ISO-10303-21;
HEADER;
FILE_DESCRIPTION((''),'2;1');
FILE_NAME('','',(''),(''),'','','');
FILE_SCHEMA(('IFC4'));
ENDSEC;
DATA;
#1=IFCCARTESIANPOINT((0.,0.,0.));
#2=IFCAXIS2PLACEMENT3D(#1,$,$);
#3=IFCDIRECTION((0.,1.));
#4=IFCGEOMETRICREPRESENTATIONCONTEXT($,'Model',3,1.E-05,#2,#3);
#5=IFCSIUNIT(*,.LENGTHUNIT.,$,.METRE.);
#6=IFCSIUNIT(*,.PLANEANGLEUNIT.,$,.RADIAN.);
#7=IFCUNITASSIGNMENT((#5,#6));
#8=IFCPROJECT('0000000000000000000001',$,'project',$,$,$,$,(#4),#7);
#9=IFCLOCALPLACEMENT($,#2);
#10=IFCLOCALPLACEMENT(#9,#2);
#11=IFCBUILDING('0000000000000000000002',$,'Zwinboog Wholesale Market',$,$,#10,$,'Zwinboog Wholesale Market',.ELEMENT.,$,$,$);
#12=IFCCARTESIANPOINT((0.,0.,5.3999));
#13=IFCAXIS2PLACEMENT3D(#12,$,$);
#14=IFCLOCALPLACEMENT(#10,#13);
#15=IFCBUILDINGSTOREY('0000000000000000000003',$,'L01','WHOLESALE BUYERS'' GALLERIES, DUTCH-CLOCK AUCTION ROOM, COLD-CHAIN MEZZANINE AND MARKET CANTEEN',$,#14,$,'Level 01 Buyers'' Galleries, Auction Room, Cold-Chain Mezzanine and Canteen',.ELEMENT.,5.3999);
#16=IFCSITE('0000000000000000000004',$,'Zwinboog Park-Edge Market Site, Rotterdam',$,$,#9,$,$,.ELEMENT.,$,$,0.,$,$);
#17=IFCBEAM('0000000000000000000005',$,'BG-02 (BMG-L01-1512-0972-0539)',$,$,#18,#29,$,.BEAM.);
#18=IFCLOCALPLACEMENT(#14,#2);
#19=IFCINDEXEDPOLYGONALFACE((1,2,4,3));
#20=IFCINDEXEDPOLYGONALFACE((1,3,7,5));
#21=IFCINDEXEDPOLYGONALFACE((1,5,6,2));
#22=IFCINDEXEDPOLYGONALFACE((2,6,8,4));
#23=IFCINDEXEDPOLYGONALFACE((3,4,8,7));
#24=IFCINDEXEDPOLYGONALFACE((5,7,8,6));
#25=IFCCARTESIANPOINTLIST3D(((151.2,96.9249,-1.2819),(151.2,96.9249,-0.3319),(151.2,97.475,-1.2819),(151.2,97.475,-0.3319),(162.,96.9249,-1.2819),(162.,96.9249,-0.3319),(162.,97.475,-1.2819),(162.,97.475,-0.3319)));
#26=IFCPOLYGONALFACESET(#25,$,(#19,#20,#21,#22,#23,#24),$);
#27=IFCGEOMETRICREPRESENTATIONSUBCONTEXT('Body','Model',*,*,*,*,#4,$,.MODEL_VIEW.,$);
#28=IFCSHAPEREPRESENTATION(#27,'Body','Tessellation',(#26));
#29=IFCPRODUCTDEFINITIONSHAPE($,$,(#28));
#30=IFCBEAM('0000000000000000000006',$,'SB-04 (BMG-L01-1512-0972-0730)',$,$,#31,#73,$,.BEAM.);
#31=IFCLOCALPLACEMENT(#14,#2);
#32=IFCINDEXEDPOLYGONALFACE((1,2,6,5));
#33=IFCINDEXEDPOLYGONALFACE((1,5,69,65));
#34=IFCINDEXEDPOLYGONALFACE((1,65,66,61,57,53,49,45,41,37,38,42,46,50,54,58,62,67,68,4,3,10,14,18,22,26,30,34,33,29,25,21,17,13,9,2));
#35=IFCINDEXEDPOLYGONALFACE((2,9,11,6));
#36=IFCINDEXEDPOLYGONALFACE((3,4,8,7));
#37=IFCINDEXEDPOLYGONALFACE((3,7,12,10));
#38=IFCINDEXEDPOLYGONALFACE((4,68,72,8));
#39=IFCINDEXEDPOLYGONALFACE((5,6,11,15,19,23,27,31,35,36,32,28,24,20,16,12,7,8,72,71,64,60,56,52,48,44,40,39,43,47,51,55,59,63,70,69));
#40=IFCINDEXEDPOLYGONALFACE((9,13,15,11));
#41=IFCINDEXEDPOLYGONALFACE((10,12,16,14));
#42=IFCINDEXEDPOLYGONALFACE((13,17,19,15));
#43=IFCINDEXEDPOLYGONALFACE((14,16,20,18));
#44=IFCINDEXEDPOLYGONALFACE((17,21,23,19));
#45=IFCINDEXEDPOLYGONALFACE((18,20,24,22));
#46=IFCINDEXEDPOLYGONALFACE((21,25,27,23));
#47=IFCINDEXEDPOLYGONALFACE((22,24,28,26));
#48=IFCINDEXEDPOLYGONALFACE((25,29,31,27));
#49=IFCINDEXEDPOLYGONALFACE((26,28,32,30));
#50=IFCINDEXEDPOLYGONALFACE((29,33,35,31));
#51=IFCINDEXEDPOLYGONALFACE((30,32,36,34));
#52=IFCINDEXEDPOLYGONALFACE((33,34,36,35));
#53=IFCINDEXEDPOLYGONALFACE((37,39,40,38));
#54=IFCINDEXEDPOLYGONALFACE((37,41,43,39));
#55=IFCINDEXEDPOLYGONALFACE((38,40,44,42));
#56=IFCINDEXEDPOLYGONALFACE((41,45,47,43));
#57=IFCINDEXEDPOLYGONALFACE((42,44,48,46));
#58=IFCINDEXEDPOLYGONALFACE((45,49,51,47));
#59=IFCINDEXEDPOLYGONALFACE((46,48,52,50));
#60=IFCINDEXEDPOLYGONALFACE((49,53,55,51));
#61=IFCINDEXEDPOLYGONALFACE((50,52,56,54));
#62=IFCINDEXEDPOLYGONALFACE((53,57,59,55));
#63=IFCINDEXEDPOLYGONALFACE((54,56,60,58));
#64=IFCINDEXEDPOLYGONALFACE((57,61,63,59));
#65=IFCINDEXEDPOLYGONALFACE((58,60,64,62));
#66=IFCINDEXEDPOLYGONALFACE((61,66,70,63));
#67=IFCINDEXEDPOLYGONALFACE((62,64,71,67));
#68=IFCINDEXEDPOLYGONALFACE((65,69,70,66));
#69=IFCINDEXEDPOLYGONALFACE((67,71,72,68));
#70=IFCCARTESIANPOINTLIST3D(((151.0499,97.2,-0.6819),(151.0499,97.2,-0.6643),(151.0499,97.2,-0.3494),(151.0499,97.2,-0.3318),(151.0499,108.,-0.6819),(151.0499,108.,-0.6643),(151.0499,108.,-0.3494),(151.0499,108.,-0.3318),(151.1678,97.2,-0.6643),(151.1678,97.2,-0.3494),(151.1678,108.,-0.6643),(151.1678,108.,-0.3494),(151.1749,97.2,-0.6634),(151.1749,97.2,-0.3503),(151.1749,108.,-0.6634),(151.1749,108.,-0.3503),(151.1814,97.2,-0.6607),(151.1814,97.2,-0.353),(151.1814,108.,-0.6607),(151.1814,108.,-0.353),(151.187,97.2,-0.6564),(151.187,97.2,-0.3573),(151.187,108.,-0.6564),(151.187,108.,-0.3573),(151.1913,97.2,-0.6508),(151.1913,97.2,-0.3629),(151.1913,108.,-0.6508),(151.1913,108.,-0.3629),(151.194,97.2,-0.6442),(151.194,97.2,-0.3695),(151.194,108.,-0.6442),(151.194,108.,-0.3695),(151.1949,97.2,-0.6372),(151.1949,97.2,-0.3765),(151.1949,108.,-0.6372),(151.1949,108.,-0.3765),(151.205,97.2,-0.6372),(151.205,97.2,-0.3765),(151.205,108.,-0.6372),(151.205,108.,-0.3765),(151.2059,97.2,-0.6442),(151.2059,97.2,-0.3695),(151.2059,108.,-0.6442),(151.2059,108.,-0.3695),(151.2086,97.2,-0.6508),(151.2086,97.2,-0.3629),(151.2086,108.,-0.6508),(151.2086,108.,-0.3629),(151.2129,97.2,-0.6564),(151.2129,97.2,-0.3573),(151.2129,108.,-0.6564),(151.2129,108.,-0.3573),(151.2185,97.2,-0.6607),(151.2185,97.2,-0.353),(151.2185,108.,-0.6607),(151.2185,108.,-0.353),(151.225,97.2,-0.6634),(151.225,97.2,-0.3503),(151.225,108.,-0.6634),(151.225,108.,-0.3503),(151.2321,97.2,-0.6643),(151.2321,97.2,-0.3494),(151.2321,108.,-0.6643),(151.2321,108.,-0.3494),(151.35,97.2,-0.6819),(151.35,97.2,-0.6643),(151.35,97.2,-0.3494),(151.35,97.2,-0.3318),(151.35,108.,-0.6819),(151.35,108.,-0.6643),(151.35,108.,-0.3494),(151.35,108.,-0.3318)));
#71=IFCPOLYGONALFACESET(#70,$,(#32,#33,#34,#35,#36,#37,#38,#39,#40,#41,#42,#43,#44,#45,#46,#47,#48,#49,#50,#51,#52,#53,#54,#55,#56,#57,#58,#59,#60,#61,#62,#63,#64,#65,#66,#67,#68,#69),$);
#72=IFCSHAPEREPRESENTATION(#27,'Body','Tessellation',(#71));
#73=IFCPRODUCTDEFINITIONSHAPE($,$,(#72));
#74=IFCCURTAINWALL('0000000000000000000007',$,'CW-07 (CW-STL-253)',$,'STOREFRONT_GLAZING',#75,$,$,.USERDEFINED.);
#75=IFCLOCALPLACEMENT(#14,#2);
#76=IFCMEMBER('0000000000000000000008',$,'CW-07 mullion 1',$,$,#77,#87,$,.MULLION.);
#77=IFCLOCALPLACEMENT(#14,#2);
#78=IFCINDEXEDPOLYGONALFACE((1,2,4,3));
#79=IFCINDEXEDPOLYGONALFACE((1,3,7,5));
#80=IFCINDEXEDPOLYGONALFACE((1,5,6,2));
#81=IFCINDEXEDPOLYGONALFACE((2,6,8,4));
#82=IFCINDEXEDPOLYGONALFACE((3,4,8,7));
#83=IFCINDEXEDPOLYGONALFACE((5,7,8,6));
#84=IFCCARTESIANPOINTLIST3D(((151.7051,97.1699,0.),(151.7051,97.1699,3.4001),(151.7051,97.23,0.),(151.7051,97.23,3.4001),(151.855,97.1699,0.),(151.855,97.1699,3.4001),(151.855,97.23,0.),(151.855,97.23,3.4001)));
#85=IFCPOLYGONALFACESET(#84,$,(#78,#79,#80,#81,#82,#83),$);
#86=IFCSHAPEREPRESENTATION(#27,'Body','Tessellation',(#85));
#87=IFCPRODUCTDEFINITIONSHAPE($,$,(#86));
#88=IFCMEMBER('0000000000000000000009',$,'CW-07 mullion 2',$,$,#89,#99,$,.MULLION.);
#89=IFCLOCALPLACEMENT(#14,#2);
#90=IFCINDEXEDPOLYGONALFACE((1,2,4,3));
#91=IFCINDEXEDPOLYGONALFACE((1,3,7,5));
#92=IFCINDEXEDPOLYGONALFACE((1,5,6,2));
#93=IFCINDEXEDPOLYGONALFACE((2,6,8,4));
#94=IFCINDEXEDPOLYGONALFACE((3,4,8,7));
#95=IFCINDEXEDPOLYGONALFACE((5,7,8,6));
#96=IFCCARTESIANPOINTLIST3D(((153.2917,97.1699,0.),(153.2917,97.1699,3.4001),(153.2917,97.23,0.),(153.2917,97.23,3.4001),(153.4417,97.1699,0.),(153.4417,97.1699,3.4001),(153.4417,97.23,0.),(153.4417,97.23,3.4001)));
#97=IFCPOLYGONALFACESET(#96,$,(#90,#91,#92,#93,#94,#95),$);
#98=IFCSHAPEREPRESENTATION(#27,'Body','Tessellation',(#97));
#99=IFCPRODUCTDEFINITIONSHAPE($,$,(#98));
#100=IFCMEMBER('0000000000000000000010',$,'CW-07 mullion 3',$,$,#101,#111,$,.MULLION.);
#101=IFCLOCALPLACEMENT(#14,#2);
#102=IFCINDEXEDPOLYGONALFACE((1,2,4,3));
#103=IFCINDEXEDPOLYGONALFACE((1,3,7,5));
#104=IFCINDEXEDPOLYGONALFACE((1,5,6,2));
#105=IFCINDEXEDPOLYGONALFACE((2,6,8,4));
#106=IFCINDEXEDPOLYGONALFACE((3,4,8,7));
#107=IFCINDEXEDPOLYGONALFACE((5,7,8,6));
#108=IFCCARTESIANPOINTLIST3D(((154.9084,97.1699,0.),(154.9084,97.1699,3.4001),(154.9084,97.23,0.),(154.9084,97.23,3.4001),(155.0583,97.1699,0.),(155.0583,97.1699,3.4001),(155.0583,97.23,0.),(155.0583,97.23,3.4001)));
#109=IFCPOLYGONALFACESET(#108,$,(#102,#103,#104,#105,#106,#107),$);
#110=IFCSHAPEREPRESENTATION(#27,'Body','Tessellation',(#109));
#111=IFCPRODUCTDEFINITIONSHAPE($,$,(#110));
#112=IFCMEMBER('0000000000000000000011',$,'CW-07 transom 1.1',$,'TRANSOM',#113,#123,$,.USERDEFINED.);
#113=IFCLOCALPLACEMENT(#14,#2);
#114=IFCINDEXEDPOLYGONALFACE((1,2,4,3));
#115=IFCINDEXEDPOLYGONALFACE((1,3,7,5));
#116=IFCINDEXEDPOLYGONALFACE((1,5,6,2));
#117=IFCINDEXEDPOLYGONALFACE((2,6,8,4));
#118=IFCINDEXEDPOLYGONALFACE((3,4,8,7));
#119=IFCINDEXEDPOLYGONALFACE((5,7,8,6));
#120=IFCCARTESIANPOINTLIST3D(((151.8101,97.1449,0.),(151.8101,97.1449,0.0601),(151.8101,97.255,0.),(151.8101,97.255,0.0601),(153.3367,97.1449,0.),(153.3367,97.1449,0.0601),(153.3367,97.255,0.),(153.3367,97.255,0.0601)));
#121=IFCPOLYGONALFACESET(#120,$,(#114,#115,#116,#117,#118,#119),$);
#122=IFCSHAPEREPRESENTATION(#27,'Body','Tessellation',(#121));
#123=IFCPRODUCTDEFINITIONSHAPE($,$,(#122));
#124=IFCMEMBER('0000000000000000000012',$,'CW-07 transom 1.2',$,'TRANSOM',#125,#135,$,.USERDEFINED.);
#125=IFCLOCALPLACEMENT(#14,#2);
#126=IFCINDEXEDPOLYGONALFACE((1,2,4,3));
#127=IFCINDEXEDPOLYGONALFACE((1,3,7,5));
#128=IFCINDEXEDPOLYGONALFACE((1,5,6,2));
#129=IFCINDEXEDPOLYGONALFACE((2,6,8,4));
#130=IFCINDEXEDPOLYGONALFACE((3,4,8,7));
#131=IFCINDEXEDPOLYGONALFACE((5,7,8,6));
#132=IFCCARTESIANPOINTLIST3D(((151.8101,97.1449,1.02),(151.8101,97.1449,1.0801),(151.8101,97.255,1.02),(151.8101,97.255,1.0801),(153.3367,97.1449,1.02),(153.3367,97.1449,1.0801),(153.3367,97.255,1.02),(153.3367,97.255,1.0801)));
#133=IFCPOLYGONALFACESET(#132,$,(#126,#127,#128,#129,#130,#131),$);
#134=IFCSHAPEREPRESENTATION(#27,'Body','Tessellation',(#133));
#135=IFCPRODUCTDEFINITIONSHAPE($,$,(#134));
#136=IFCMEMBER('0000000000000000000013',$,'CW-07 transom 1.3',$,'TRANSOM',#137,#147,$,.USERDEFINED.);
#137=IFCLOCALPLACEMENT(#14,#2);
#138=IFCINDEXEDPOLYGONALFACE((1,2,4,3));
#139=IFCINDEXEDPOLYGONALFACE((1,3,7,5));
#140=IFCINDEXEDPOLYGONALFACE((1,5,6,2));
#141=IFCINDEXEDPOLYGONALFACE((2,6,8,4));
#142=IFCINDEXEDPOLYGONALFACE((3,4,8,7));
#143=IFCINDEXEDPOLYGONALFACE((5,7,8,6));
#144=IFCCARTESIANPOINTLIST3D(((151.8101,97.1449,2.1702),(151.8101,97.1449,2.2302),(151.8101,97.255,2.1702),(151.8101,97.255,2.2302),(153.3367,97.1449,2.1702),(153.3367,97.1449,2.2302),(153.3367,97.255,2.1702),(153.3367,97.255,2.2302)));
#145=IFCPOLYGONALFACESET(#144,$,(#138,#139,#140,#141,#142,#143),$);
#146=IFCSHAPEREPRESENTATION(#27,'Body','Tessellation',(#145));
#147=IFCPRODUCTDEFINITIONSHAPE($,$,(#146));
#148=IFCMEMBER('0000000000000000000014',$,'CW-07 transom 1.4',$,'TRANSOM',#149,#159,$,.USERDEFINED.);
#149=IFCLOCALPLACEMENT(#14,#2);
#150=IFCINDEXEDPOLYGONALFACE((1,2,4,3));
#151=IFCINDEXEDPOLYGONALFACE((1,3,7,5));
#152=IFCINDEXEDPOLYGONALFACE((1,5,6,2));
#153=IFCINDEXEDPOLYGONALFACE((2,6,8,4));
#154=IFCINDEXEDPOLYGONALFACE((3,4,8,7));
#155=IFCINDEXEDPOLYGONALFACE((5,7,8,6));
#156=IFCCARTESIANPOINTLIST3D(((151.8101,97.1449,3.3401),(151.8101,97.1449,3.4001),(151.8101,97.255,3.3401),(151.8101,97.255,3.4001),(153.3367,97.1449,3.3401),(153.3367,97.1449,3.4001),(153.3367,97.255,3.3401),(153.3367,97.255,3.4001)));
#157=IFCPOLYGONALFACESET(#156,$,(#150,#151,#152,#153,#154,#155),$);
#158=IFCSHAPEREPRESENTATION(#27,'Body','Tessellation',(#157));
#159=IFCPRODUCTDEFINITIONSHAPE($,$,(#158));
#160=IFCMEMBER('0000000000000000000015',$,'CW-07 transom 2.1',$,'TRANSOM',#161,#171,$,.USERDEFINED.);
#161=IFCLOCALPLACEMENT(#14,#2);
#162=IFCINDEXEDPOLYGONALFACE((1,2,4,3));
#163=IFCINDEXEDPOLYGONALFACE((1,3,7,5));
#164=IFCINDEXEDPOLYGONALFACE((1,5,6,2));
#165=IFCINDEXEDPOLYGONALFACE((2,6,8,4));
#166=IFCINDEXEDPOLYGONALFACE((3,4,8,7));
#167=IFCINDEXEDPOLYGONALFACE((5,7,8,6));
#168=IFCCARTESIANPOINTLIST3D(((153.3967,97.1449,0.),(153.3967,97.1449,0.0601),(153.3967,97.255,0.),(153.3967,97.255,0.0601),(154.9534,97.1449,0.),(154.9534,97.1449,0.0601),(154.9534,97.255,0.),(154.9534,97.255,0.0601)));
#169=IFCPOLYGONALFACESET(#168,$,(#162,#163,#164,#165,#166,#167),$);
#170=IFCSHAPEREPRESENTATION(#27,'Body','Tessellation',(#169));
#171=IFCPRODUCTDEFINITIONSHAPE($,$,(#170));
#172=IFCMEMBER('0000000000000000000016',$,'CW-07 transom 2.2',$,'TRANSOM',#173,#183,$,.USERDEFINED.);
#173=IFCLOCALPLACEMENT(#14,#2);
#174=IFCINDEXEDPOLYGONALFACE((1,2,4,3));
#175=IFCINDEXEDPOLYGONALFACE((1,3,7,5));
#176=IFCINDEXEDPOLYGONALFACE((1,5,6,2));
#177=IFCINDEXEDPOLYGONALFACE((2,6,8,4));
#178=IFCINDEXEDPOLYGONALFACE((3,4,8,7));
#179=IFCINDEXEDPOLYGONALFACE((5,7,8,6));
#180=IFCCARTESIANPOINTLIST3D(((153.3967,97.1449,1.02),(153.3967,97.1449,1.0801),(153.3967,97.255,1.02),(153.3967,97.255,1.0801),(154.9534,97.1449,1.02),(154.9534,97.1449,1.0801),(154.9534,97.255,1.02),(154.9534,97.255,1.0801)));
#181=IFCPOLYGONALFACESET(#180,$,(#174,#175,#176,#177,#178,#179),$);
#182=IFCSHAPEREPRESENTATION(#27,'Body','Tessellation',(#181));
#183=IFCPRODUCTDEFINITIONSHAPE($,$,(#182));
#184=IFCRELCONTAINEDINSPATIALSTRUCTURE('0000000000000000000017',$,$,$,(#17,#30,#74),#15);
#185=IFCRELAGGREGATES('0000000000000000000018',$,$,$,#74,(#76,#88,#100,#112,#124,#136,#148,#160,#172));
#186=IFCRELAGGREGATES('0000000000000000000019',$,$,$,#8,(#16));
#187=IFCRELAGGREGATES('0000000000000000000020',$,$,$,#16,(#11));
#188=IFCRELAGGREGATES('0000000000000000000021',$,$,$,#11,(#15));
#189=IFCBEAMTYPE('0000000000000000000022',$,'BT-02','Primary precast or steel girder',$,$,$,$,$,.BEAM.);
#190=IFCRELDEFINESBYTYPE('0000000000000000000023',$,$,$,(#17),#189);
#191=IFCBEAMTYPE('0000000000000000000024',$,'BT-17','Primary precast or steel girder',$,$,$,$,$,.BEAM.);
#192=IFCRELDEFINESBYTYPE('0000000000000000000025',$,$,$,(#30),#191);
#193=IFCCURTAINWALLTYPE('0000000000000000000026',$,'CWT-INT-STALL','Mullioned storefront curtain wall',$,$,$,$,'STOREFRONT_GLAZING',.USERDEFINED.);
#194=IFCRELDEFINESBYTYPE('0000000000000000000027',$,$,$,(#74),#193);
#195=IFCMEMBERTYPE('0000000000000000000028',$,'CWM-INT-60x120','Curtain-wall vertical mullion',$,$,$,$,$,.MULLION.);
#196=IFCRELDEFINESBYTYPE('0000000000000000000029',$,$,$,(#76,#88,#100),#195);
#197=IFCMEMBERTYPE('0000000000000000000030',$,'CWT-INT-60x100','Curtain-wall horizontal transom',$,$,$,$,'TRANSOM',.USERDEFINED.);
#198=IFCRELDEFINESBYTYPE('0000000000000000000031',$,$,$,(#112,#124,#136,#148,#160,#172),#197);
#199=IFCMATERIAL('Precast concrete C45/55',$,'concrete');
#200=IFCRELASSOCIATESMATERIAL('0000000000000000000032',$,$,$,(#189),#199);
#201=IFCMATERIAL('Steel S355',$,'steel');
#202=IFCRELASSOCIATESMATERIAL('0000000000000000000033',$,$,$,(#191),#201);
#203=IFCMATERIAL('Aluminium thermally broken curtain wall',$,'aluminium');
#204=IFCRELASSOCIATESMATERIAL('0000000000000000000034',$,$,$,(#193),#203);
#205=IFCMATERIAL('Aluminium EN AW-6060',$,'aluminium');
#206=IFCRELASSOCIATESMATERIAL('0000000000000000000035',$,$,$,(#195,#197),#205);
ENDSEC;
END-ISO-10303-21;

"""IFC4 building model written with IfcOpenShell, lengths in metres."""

from ifc_helpers import new_model, si_unit, direction, frame, origin, origin_2d, place, context, subcontext, project, spatial, rectangle, i_section, extrude, material, material_profile, profile_set, type_object, element, aggregate, save


model = new_model("IFC4")

# Units and contexts
model_context = context("Model", 3, precision=1e-05, world=origin(), true_north=direction((0.0, 1.0)))
body_context = subcontext(model_context, "Body", "Model", "MODEL_VIEW")
ifc_project = project(units=[si_unit("LENGTHUNIT", "METRE"), si_unit("PLANEANGLEUNIT", "RADIAN")], contexts=[model_context])

# Site, building, storey
site_placement = place(None, origin())
site = spatial("IfcSite", under=ifc_project, at=site_placement, Name="Zwinboog Park-Edge Market Site, Rotterdam", CompositionType="ELEMENT", RefElevation=0.0)
building_placement = place(site_placement, origin())
building = spatial("IfcBuilding", under=site, at=building_placement, Name="Zwinboog Wholesale Market", LongName="Zwinboog Wholesale Market", CompositionType="ELEMENT")
storey_placement = place(building_placement, frame((0.0, 0.0, 5.3999)))
storey = spatial("IfcBuildingStorey", under=building, at=storey_placement, Name="L01", Description="WHOLESALE BUYERS' GALLERIES, DUTCH-CLOCK AUCTION ROOM, COLD-CHAIN MEZZANINE AND MARKET CANTEEN", LongName="Level 01 Buyers' Galleries, Auction Room, Cold-Chain Mezzanine and Canteen", CompositionType="ELEMENT", Elevation=5.3999)

# Beams
ifc_material_1 = material(Name="Precast concrete C45/55", Category="concrete")
ifc_material_profile_1 = material_profile(ifc_material_1, rectangle(XDim=0.55, YDim=0.95, at=origin_2d()), Name="PC 550x950")
ifc_profile_set_1 = profile_set([ifc_material_profile_1], Name="Precast concrete C45/55")
beam_type_1 = type_object("IfcBeamType", Name="BT-02", Description="Primary precast or steel girder", PredefinedType="BEAM", material=ifc_profile_set_1)
beam_1_placement = place(storey_placement, frame((151.2, 97.2, -0.8069), z_axis=(1.0, 0.0, 0.0), x_axis=(0.0, 1.0, 0.0)))
element("IfcBeam", 1, at=beam_1_placement, inside=storey, type_object=beam_type_1, Name="BG-02 (BMG-L01-1512-0972-0539)", PredefinedType="BEAM", context=body_context, shape_type="SweptSolid", body=[
    extrude(rectangle(XDim=0.55, YDim=0.95, at=origin_2d()), origin(), (0.0, 0.0, 1.0), 10.8),
])
ifc_material_2 = material(Name="Steel S355", Category="steel")
ifc_material_profile_2 = material_profile(ifc_material_2, i_section(OverallWidth=0.3, OverallDepth=0.3501, WebThickness=0.01, FlangeThickness=0.0176, FilletRadius=0.0271, at=origin_2d()), Name="HEA 360")
ifc_profile_set_2 = profile_set([ifc_material_profile_2], Name="Steel S355")
beam_type_2 = type_object("IfcBeamType", Name="BT-17", Description="Primary precast or steel girder", PredefinedType="BEAM", material=ifc_profile_set_2)
beam_2_placement = place(storey_placement, frame((151.2, 97.2, -0.5068), z_axis=(0.0, 1.0, 0.0), x_axis=(-1.0, 0.0, 0.0)))
element("IfcBeam", 2, at=beam_2_placement, inside=storey, type_object=beam_type_2, Name="SB-04 (BMG-L01-1512-0972-0730)", PredefinedType="BEAM", context=body_context, shape_type="SweptSolid", body=[
    extrude(i_section(OverallWidth=0.3, OverallDepth=0.3501, WebThickness=0.01, FlangeThickness=0.0176, FilletRadius=0.0271, at=origin_2d()), origin(), (0.0, 0.0, 1.0), 10.8),
])

# Curtain wall, members
ifc_material_3 = material(Name="Aluminium thermally broken curtain wall", Category="aluminium")
curtain_wall_type = type_object("IfcCurtainWallType", Name="CWT-INT-STALL", Description="Mullioned storefront curtain wall", ElementType="STOREFRONT_GLAZING", PredefinedType="USERDEFINED", material=ifc_material_3)
curtain_wall_placement = place(storey_placement, origin())
curtain_wall = element("IfcCurtainWall", 3, at=curtain_wall_placement, inside=storey, type_object=curtain_wall_type, Name="CW-07 (CW-STL-253)", ObjectType="STOREFRONT_GLAZING", PredefinedType="USERDEFINED")
ifc_material_4 = material(Name="Aluminium EN AW-6060", Category="aluminium")
ifc_material_profile_3 = material_profile(ifc_material_4, rectangle(XDim=0.0601, YDim=0.1499, at=origin_2d()), Name="AL 60x150")
ifc_profile_set_3 = profile_set([ifc_material_profile_3], Name="Aluminium EN AW-6060")
member_type_1 = type_object("IfcMemberType", Name="CWM-INT-60x120", Description="Curtain-wall vertical mullion", PredefinedType="MULLION", material=ifc_profile_set_3)
member_1_placement = place(storey_placement, frame((151.78, 97.2, 0.0), z_axis=(0.0, 0.0, 1.0), x_axis=(0.0, 1.0, 0.0)))
member_1 = element("IfcMember", 4, at=member_1_placement, type_object=member_type_1, Name="CW-07 mullion 1", PredefinedType="MULLION", context=body_context, shape_type="SweptSolid", body=[
    extrude(rectangle(XDim=0.0601, YDim=0.1499, at=origin_2d()), origin(), (0.0, 0.0, 1.0), 3.4001),
])
member_2_placement = place(storey_placement, frame((153.3667, 97.2, 0.0), z_axis=(0.0, 0.0, 1.0), x_axis=(0.0, 1.0, 0.0)))
member_2 = element("IfcMember", 5, at=member_2_placement, type_object=member_type_1, Name="CW-07 mullion 2", PredefinedType="MULLION", context=body_context, shape_type="SweptSolid", body=[
    extrude(rectangle(XDim=0.0601, YDim=0.1499, at=origin_2d()), origin(), (0.0, 0.0, 1.0), 3.4001),
])
member_3_placement = place(storey_placement, frame((154.9834, 97.2, 0.0), z_axis=(0.0, 0.0, 1.0), x_axis=(0.0, 1.0, 0.0)))
member_3 = element("IfcMember", 6, at=member_3_placement, type_object=member_type_1, Name="CW-07 mullion 3", PredefinedType="MULLION", context=body_context, shape_type="SweptSolid", body=[
    extrude(rectangle(XDim=0.0601, YDim=0.1499, at=origin_2d()), origin(), (0.0, 0.0, 1.0), 3.4001),
])
ifc_material_profile_4 = material_profile(ifc_material_4, rectangle(XDim=0.1101, YDim=0.0601, at=origin_2d()), Name="AL 60x110")
ifc_profile_set_4 = profile_set([ifc_material_profile_4], Name="Aluminium EN AW-6060")
member_type_2 = type_object("IfcMemberType", Name="CWT-INT-60x100", Description="Curtain-wall horizontal transom", ElementType="TRANSOM", PredefinedType="USERDEFINED", material=ifc_profile_set_4)
member_4_placement = place(storey_placement, frame((151.8101, 97.2, 0.03), z_axis=(1.0, 0.0, 0.0), x_axis=(0.0, 1.0, 0.0)))
member_4 = element("IfcMember", 7, at=member_4_placement, type_object=member_type_2, Name="CW-07 transom 1.1", ObjectType="TRANSOM", PredefinedType="USERDEFINED", context=body_context, shape_type="SweptSolid", body=[
    extrude(rectangle(XDim=0.1101, YDim=0.0601, at=origin_2d()), origin(), (0.0, 0.0, 1.0), 1.5266),
])
member_5_placement = place(storey_placement, frame((151.8101, 97.2, 1.05), z_axis=(1.0, 0.0, 0.0), x_axis=(0.0, 1.0, 0.0)))
member_5 = element("IfcMember", 8, at=member_5_placement, type_object=member_type_2, Name="CW-07 transom 1.2", ObjectType="TRANSOM", PredefinedType="USERDEFINED", context=body_context, shape_type="SweptSolid", body=[
    extrude(rectangle(XDim=0.1101, YDim=0.0601, at=origin_2d()), origin(), (0.0, 0.0, 1.0), 1.5266),
])
member_6_placement = place(storey_placement, frame((151.8101, 97.2, 2.2002), z_axis=(1.0, 0.0, 0.0), x_axis=(0.0, 1.0, 0.0)))
member_6 = element("IfcMember", 9, at=member_6_placement, type_object=member_type_2, Name="CW-07 transom 1.3", ObjectType="TRANSOM", PredefinedType="USERDEFINED", context=body_context, shape_type="SweptSolid", body=[
    extrude(rectangle(XDim=0.1101, YDim=0.0601, at=origin_2d()), origin(), (0.0, 0.0, 1.0), 1.5266),
])
member_7_placement = place(storey_placement, frame((151.8101, 97.2, 3.3701), z_axis=(1.0, 0.0, 0.0), x_axis=(0.0, 1.0, 0.0)))
member_7 = element("IfcMember", 10, at=member_7_placement, type_object=member_type_2, Name="CW-07 transom 1.4", ObjectType="TRANSOM", PredefinedType="USERDEFINED", context=body_context, shape_type="SweptSolid", body=[
    extrude(rectangle(XDim=0.1101, YDim=0.0601, at=origin_2d()), origin(), (0.0, 0.0, 1.0), 1.5266),
])
member_8_placement = place(storey_placement, frame((153.3967, 97.2, 0.03), z_axis=(1.0, 0.0, 0.0), x_axis=(0.0, 1.0, 0.0)))
member_8 = element("IfcMember", 11, at=member_8_placement, type_object=member_type_2, Name="CW-07 transom 2.1", ObjectType="TRANSOM", PredefinedType="USERDEFINED", context=body_context, shape_type="SweptSolid", body=[
    extrude(rectangle(XDim=0.1101, YDim=0.0601, at=origin_2d()), origin(), (0.0, 0.0, 1.0), 1.5566),
])
member_9_placement = place(storey_placement, frame((153.3967, 97.2, 1.05), z_axis=(1.0, 0.0, 0.0), x_axis=(0.0, 1.0, 0.0)))
member_9 = element("IfcMember", 12, at=member_9_placement, type_object=member_type_2, Name="CW-07 transom 2.2", ObjectType="TRANSOM", PredefinedType="USERDEFINED", context=body_context, shape_type="SweptSolid", body=[
    extrude(rectangle(XDim=0.1101, YDim=0.0601, at=origin_2d()), origin(), (0.0, 0.0, 1.0), 1.5566),
])
aggregate(curtain_wall, [member_1, member_2, member_3, member_4, member_5, member_6, member_7, member_8, member_9])

save(model, "model.ifc")
